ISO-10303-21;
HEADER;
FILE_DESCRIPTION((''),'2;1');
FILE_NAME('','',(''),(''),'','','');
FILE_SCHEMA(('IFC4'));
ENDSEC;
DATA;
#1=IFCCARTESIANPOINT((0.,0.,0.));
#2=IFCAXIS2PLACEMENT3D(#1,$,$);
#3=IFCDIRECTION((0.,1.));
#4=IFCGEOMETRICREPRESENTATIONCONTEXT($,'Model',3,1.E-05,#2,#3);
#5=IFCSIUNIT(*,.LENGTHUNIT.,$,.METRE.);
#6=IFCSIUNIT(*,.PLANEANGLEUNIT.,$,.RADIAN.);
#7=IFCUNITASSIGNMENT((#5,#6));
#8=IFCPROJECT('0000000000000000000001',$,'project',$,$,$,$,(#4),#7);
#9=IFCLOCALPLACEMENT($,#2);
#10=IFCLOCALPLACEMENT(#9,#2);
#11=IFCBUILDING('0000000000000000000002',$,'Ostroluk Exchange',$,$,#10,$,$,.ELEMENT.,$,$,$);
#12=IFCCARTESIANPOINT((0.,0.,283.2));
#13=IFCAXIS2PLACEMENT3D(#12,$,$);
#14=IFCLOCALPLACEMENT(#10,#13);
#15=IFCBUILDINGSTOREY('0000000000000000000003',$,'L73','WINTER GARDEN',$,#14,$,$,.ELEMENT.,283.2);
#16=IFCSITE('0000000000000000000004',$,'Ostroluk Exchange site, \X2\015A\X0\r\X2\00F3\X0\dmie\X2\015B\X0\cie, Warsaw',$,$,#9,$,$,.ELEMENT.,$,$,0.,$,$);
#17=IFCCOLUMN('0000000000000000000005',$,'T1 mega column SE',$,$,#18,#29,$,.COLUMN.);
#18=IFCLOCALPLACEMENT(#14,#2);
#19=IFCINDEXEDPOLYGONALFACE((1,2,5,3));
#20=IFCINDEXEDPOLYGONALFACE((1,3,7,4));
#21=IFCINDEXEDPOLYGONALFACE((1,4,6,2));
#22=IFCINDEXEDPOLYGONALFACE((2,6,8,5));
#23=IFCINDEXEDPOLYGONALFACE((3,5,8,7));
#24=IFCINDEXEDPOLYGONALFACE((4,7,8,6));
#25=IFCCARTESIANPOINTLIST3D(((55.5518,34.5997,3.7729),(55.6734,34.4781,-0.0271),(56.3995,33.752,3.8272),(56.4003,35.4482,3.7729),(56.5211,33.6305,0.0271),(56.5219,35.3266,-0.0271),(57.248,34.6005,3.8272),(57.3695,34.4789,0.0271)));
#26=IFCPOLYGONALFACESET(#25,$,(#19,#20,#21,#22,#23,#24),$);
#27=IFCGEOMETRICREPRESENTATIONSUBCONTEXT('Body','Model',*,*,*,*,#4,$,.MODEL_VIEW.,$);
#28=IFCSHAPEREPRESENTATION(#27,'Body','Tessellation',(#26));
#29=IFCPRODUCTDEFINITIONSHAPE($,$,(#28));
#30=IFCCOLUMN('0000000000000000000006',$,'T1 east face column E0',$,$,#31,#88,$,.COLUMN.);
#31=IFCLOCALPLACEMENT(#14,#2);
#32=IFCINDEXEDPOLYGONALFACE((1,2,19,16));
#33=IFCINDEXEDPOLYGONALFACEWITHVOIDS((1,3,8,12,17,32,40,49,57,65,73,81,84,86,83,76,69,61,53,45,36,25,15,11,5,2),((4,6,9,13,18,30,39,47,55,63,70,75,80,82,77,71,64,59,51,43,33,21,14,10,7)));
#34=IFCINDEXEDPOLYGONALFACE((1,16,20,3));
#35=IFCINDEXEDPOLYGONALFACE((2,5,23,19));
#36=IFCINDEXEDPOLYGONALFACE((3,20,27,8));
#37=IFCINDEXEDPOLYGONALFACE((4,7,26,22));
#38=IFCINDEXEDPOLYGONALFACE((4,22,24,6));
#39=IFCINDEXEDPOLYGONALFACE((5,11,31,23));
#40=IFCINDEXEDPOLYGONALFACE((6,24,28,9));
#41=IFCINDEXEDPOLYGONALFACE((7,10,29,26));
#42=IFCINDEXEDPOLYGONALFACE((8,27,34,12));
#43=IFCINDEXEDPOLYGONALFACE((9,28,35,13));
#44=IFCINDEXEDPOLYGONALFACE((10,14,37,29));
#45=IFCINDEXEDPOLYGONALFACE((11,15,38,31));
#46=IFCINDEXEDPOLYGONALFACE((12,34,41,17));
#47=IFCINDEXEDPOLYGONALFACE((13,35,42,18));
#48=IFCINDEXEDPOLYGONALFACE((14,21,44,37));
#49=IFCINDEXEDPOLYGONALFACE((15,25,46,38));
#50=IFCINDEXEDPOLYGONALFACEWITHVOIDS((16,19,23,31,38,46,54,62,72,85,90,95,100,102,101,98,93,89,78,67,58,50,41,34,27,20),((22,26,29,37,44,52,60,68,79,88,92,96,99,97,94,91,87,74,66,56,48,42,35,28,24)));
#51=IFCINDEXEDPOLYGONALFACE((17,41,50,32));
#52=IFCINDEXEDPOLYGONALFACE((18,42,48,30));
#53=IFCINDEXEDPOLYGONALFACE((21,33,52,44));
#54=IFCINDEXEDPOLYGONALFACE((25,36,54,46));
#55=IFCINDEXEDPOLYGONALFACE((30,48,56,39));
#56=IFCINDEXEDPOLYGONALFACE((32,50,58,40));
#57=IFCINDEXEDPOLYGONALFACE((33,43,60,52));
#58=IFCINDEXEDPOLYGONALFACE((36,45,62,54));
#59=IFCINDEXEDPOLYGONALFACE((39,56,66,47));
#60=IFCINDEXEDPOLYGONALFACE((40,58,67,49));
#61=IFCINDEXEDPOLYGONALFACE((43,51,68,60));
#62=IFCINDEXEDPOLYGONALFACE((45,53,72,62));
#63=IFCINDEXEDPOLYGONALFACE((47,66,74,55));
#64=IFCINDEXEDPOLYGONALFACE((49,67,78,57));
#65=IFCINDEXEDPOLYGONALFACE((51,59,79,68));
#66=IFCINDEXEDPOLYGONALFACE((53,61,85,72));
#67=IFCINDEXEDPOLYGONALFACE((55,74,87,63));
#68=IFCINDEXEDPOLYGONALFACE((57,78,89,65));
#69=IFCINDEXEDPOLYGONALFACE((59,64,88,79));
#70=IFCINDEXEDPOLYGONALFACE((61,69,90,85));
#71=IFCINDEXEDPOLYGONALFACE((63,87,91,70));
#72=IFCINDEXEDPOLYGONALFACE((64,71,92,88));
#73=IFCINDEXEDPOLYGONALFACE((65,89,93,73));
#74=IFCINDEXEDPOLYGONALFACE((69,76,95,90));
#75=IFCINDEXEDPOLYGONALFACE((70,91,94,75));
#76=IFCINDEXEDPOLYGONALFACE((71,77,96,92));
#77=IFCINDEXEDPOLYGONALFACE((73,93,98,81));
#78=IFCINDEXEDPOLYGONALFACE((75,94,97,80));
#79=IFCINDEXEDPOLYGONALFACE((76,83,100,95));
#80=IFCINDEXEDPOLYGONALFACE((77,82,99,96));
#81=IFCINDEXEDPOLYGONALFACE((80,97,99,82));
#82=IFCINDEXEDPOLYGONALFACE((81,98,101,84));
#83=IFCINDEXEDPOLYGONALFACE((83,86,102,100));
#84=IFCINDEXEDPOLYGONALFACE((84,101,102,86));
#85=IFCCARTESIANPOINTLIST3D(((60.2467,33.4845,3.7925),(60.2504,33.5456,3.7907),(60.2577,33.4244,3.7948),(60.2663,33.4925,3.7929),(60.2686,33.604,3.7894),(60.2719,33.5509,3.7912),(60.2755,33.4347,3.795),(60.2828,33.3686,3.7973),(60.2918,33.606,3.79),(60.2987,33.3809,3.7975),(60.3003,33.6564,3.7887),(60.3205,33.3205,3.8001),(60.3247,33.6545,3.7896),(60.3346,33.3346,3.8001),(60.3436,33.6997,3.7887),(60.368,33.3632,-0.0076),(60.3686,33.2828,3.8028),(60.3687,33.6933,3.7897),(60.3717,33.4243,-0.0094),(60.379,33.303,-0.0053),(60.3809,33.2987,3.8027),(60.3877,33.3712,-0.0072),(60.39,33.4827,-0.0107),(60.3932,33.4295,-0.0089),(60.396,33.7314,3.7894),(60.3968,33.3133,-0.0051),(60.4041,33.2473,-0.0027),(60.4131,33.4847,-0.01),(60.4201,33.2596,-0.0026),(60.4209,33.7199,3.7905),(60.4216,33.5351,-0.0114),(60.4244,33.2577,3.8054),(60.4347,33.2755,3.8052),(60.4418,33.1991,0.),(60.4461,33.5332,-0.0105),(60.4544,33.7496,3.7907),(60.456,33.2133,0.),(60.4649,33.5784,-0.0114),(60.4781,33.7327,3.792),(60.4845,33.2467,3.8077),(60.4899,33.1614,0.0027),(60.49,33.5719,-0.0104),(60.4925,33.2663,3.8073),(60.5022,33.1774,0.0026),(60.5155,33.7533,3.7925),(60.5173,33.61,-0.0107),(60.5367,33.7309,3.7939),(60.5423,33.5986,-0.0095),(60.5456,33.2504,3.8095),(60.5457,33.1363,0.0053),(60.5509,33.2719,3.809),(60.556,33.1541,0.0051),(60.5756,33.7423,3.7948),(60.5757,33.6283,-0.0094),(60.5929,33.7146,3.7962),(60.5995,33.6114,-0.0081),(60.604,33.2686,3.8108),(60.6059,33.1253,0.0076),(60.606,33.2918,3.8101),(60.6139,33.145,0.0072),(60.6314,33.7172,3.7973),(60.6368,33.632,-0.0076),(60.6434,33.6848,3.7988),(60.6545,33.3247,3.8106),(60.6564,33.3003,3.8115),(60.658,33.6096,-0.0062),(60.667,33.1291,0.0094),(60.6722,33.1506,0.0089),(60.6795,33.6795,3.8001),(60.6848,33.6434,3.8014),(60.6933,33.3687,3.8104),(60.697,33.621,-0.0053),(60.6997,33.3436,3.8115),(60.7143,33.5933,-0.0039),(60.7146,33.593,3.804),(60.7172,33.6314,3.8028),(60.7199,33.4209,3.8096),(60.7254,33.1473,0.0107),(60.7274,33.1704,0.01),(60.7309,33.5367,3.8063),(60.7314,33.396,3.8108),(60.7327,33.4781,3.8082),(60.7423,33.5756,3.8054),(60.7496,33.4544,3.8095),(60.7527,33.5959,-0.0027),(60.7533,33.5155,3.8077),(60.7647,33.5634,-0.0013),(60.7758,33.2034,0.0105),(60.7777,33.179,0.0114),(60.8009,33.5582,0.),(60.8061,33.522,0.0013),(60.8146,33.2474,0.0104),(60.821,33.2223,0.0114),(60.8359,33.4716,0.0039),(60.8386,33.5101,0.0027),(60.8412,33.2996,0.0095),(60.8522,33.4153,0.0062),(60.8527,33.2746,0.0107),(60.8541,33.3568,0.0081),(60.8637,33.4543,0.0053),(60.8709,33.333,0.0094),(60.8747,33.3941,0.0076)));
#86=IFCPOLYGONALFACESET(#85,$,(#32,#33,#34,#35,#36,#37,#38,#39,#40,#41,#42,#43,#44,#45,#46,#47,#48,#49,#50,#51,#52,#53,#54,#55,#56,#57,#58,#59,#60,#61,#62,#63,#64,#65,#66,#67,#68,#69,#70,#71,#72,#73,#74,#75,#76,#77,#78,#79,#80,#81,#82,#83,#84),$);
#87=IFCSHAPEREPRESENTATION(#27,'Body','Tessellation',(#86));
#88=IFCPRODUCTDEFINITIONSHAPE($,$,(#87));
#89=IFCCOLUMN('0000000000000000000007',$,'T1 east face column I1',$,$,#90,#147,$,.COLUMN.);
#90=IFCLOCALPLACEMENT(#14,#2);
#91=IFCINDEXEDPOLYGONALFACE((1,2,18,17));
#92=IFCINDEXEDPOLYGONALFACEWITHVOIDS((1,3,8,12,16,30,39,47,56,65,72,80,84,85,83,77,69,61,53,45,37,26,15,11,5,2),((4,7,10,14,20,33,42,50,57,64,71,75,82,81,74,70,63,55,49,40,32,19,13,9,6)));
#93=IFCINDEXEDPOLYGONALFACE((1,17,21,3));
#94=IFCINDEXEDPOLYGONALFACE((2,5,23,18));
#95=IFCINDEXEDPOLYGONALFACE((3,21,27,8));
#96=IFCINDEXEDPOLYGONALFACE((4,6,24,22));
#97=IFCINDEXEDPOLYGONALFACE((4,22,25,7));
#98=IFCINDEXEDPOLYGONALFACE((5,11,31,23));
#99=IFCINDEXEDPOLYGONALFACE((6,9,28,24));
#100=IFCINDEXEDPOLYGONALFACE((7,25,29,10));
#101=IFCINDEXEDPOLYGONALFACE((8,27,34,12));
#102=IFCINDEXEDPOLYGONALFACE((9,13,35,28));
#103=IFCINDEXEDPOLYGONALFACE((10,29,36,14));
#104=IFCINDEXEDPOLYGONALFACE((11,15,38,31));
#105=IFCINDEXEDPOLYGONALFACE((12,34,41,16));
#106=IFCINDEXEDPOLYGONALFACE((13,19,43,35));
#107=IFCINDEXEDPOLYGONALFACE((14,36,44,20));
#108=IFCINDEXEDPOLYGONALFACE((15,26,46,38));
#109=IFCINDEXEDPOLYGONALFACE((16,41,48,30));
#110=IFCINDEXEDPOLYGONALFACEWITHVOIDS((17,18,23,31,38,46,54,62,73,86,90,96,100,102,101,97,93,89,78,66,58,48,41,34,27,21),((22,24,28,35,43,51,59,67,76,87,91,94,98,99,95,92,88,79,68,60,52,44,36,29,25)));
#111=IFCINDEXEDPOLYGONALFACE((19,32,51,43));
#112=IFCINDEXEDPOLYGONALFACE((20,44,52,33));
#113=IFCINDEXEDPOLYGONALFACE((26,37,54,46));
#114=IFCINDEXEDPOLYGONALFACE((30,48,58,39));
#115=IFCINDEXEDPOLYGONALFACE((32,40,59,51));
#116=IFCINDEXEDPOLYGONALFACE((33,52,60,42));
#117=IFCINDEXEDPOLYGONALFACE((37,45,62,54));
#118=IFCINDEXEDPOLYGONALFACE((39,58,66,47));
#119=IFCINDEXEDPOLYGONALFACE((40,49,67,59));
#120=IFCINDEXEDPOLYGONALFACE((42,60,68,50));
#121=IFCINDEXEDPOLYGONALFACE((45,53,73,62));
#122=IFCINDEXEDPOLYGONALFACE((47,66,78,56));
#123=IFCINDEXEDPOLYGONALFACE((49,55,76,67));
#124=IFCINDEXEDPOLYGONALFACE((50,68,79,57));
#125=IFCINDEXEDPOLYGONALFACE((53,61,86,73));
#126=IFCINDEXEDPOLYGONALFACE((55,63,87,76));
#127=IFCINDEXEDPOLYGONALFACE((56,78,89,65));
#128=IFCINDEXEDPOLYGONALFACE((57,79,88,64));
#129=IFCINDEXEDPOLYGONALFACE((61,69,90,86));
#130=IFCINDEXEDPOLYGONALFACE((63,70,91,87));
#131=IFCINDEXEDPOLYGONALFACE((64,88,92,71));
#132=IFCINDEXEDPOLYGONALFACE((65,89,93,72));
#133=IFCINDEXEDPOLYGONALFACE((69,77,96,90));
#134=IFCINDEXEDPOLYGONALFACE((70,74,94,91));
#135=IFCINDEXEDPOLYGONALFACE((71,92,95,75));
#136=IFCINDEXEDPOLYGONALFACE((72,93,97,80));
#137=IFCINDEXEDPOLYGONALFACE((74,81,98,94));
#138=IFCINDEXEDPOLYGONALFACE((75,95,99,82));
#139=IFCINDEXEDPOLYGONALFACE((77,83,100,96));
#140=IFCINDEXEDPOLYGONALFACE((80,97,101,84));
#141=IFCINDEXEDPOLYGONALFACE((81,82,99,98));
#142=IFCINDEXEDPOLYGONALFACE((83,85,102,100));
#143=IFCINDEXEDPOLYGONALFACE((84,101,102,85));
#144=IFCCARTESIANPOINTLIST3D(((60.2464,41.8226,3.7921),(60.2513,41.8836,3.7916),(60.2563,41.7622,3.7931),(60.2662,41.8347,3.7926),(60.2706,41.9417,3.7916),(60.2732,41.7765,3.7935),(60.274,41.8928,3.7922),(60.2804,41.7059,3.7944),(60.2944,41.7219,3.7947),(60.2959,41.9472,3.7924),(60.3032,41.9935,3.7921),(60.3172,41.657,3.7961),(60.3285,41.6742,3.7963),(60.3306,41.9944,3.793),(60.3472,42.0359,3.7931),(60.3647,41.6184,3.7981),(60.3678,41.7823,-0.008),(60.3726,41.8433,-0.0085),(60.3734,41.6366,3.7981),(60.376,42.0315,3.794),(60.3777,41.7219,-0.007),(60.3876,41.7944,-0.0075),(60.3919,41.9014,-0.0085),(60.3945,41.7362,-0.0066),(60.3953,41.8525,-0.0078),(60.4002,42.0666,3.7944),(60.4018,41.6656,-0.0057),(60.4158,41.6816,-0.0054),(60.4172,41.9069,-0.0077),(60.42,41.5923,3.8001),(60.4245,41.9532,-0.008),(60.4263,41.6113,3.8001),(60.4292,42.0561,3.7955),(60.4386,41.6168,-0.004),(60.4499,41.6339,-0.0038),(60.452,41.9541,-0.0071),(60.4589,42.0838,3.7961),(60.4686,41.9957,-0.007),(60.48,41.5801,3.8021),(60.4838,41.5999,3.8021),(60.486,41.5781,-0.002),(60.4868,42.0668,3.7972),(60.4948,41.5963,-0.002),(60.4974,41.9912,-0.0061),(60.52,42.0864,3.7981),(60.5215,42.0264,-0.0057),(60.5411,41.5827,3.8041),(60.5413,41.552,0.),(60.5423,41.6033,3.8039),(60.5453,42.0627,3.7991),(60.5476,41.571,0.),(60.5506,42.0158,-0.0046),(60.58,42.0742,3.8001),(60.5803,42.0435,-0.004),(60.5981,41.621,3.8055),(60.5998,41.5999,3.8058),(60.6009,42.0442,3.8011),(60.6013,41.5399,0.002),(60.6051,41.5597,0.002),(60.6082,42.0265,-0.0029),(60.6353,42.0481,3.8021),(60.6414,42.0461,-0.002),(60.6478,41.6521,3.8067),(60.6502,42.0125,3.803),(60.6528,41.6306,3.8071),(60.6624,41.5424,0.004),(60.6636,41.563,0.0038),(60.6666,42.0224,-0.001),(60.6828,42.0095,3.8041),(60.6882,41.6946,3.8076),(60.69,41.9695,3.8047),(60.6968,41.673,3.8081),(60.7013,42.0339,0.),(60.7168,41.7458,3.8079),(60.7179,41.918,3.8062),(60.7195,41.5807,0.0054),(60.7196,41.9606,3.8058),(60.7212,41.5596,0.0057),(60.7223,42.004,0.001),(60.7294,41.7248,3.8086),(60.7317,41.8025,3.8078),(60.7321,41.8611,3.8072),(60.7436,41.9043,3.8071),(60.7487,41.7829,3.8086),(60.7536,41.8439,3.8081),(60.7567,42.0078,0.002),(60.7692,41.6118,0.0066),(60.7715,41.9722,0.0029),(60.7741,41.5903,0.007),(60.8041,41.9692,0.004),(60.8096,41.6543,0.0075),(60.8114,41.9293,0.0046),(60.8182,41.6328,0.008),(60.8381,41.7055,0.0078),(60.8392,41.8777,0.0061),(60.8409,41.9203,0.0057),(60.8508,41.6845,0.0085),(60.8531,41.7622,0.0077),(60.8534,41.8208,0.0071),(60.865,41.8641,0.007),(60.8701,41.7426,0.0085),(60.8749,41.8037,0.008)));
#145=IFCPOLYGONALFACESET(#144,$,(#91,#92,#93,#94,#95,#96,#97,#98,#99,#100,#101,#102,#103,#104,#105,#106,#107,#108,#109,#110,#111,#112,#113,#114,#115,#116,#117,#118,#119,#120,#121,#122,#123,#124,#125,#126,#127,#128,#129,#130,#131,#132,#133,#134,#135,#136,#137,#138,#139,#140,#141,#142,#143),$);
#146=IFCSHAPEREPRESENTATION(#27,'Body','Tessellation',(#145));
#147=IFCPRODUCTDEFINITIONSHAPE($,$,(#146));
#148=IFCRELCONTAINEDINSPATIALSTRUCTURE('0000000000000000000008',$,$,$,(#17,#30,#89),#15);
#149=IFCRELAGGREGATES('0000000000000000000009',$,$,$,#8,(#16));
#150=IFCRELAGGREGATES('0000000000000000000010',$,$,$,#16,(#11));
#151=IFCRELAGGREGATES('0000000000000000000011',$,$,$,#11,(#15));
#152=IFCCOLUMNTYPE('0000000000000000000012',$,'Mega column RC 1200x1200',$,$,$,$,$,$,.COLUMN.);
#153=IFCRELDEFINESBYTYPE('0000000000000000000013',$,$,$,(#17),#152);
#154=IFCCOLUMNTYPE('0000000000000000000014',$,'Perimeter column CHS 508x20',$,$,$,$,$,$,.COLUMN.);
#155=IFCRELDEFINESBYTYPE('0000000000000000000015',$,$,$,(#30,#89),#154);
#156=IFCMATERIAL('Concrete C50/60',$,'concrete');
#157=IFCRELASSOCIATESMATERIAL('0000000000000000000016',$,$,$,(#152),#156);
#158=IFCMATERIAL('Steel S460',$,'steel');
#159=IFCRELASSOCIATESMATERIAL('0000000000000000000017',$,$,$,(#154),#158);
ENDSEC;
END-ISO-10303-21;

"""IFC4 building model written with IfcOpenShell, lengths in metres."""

from ifc_helpers import new_model, si_unit, direction, frame, origin, origin_2d, place, context, subcontext, project, spatial, rectangle, hollow_circle, extrude, material, material_profile, profile_set, type_object, element, save


model = new_model("IFC4")

# Units and contexts
model_context = context("Model", 3, precision=1e-05, world=origin(), true_north=direction((0.0, 1.0)))
body_context = subcontext(model_context, "Body", "Model", "MODEL_VIEW")
ifc_project = project(units=[si_unit("LENGTHUNIT", "METRE"), si_unit("PLANEANGLEUNIT", "RADIAN")], contexts=[model_context])

# Site, building, storey
site_placement = place(None, origin())
site = spatial("IfcSite", under=ifc_project, at=site_placement, Name="Ostroluk Exchange site, Śródmieście, Warsaw", CompositionType="ELEMENT", RefElevation=0.0)
building_placement = place(site_placement, origin())
building = spatial("IfcBuilding", under=site, at=building_placement, Name="Ostroluk Exchange", CompositionType="ELEMENT")
storey_placement = place(building_placement, frame((0.0, 0.0, 283.2)))
storey = spatial("IfcBuildingStorey", under=building, at=storey_placement, Name="L73", Description="WINTER GARDEN", CompositionType="ELEMENT", Elevation=283.2)

# Columns
ifc_material_1 = material(Name="Concrete C50/60", Category="concrete")
ifc_material_profile_1 = material_profile(ifc_material_1, rectangle(XDim=1.2, YDim=1.2, at=origin_2d()), Name="RC 1200x1200")
ifc_profile_set_1 = profile_set([ifc_material_profile_1], Name="Concrete C50/60")
column_type_1 = type_object("IfcColumnType", Name="Mega column RC 1200x1200", PredefinedType="COLUMN", material=ifc_profile_set_1)
column_1_placement = place(storey_placement, frame((56.5215, 34.4785, 0.0), z_axis=(-0.031962, 0.031962, 0.998978), x_axis=(-0.707107, -0.707107, 0.0)))
element("IfcColumn", 1, at=column_1_placement, inside=storey, type_object=column_type_1, Name="T1 mega column SE", PredefinedType="COLUMN", context=body_context, shape_type="SweptSolid", body=[
    extrude(rectangle(XDim=1.2, YDim=1.2, at=origin_2d()), origin(), (0.0, 0.0, 1.0), 3.804),
])
ifc_material_2 = material(Name="Steel S460", Category="steel")
ifc_material_profile_2 = material_profile(ifc_material_2, hollow_circle(Radius=0.2539, WallThickness=0.02, at=origin_2d()), Name="CHS 508x20")
ifc_profile_set_2 = profile_set([ifc_material_profile_2], Name="Steel S460")
column_type_2 = type_object("IfcColumnType", Name="Perimeter column CHS 508x20", PredefinedType="COLUMN", material=ifc_profile_set_2)
column_2_placement = place(storey_placement, frame((60.6213, 33.3787, 0.0), z_axis=(-0.031898, 0.031898, 0.998982), x_axis=(-0.707107, -0.707107, 0.0)))
element("IfcColumn", 2, at=column_2_placement, inside=storey, type_object=column_type_2, Name="T1 east face column E0", PredefinedType="COLUMN", context=body_context, shape_type="SweptSolid", body=[
    extrude(hollow_circle(Radius=0.2539, WallThickness=0.02, at=origin_2d()), origin(), (0.0, 0.0, 1.0), 3.804),
])
column_3_placement = place(storey_placement, frame((60.6213, 41.793, 0.0), z_axis=(-0.031913, 0.010595, 0.999435), x_axis=(-0.315082, -0.949065, 0.0)))
element("IfcColumn", 3, at=column_3_placement, inside=storey, type_object=column_type_2, Name="T1 east face column I1", PredefinedType="COLUMN", context=body_context, shape_type="SweptSolid", body=[
    extrude(hollow_circle(Radius=0.2539, WallThickness=0.02, at=origin_2d()), origin(), (0.0, 0.0, 1.0), 3.8022),
])

save(model, "model.ifc")
